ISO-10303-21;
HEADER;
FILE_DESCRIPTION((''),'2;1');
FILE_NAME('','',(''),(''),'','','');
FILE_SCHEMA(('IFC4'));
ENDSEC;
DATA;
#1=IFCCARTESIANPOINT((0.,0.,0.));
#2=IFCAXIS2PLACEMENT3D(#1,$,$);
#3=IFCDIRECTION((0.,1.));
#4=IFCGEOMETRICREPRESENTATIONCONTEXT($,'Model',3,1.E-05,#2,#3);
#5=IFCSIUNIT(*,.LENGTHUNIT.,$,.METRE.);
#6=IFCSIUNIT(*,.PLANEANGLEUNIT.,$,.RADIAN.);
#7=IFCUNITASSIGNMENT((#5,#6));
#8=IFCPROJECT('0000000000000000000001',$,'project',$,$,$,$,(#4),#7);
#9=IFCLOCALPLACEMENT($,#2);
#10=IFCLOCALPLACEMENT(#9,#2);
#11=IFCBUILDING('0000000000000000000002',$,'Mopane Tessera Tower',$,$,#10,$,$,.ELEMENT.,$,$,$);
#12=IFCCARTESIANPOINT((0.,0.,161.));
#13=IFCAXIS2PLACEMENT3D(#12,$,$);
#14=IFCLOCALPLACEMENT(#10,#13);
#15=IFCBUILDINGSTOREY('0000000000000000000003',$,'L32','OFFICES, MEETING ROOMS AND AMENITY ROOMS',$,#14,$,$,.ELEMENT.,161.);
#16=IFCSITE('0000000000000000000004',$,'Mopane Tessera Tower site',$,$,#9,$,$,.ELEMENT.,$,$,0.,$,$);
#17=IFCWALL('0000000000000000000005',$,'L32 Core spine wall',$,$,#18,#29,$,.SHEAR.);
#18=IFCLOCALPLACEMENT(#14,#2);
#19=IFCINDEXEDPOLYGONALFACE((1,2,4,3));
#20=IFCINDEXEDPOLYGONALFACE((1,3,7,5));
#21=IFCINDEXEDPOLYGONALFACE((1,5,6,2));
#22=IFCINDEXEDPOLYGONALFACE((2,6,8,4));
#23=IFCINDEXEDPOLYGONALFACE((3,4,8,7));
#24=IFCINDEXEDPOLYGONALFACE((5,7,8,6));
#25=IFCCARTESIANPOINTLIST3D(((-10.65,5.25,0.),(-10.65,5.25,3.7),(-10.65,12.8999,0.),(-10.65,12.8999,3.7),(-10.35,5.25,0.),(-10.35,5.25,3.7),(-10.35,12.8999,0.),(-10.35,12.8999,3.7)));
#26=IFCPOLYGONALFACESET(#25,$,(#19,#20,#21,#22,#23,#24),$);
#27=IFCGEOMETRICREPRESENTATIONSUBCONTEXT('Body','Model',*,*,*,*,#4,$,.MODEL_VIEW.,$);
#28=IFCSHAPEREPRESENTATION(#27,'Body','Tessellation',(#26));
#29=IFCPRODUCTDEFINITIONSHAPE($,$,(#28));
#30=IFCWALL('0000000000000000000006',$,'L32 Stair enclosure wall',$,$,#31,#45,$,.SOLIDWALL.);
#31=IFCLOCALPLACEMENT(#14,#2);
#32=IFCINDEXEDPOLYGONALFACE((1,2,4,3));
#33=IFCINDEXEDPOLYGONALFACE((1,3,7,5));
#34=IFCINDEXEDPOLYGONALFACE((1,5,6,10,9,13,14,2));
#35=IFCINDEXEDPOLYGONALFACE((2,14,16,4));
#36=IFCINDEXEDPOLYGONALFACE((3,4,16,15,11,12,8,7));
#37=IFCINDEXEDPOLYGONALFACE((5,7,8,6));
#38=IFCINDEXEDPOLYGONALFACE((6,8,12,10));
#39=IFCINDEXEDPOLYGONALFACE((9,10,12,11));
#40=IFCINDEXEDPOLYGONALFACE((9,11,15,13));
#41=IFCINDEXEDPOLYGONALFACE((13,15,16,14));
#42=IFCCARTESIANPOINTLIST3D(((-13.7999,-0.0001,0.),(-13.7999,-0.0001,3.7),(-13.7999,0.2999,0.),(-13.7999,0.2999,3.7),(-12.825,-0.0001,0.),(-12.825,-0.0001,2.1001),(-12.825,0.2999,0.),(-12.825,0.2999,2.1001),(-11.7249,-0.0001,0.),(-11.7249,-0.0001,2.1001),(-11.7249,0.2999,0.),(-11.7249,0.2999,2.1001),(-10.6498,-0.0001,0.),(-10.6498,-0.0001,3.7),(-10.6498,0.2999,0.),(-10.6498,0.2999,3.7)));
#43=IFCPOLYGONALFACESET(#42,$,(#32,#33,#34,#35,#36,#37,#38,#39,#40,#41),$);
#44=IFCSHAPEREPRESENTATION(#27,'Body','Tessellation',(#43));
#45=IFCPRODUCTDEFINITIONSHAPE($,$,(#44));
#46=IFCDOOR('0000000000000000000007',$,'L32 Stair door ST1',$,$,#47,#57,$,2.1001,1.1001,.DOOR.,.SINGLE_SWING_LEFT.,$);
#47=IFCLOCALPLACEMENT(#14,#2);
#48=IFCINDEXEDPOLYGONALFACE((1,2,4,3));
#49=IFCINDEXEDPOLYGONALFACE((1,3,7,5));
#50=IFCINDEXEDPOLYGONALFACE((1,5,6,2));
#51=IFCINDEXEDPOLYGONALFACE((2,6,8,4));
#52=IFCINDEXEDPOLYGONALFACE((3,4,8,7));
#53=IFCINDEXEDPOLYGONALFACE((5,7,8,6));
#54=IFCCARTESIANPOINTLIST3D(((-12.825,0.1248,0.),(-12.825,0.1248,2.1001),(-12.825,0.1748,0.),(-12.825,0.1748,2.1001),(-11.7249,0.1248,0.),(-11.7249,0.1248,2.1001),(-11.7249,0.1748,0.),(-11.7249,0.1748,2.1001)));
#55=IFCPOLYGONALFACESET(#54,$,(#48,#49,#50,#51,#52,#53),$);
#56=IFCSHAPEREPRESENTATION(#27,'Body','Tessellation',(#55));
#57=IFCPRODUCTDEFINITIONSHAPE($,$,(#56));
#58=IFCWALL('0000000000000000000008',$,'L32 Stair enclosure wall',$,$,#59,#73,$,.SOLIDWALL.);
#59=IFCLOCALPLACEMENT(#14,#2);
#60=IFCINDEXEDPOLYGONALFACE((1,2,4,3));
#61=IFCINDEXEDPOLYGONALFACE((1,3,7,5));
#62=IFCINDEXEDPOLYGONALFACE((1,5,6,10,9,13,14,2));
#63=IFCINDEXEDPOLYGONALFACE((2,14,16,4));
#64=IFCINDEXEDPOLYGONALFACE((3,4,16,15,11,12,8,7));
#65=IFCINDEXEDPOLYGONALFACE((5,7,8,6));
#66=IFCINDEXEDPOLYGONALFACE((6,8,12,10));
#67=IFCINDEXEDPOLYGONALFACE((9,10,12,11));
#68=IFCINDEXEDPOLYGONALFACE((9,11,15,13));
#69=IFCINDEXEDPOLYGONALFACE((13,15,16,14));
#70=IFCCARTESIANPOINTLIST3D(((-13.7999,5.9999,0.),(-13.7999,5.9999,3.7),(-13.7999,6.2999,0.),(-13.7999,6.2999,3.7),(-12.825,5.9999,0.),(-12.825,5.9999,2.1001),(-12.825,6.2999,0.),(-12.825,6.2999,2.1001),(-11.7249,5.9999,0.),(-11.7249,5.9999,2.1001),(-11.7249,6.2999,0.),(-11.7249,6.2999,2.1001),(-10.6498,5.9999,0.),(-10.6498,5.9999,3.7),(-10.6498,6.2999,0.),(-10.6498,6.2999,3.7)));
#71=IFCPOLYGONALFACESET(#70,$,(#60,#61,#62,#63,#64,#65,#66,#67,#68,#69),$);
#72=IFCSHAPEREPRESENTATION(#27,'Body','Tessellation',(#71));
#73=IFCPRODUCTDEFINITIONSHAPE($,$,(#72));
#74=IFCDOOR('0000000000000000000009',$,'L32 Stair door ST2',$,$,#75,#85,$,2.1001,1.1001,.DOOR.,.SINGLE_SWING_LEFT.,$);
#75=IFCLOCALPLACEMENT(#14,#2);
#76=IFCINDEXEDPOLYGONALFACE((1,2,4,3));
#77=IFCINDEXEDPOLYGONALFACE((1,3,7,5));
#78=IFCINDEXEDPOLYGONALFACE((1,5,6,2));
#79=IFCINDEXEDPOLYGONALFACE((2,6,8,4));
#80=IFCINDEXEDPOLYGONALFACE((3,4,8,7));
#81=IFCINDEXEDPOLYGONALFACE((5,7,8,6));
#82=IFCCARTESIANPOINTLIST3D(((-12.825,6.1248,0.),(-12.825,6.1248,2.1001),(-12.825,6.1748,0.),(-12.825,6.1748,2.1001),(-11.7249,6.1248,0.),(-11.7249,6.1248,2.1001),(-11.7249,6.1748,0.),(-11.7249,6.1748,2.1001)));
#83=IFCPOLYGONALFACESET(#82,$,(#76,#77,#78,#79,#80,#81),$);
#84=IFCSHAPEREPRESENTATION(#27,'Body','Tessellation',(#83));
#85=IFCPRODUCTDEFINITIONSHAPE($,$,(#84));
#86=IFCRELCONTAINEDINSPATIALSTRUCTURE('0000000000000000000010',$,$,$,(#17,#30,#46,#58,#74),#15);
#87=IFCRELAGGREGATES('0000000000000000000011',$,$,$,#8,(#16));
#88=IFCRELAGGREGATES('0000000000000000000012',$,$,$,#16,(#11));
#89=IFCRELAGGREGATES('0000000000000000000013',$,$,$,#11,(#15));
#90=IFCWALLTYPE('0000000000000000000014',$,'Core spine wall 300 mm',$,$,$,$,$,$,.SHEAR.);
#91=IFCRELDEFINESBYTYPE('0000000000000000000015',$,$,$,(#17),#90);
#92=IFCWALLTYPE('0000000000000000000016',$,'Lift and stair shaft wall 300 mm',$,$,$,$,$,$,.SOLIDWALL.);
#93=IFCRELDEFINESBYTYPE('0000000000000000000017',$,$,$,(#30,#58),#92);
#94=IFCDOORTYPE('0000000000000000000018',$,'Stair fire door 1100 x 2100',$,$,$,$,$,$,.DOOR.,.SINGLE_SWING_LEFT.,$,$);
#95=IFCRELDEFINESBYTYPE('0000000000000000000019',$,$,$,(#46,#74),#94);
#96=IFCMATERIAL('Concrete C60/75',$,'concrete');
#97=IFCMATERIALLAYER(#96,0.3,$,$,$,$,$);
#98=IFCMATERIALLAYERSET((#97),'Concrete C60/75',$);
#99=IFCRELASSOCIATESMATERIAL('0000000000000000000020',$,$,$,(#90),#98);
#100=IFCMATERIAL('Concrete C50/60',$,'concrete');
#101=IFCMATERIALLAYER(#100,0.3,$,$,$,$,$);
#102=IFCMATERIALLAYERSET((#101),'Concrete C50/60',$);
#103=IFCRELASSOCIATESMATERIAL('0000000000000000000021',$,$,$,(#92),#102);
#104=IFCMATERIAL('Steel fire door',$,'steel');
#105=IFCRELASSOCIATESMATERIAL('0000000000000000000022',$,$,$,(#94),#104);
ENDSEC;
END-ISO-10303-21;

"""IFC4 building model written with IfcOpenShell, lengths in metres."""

from ifc_helpers import new_model, si_unit, direction, frame, frame_2d, origin, place, context, subcontext, project, spatial, rectangle, extrude, material, layer, layer_set, type_object, element, fill, save


model = new_model("IFC4")

# Units and contexts
model_context = context("Model", 3, precision=1e-05, world=origin(), true_north=direction((0.0, 1.0)))
body_context = subcontext(model_context, "Body", "Model", "MODEL_VIEW")
ifc_project = project(units=[si_unit("LENGTHUNIT", "METRE"), si_unit("PLANEANGLEUNIT", "RADIAN")], contexts=[model_context])

# Site, building, storey
site_placement = place(None, origin())
site = spatial("IfcSite", under=ifc_project, at=site_placement, Name="Mopane Tessera Tower site", CompositionType="ELEMENT", RefElevation=0.0)
building_placement = place(site_placement, origin())
building = spatial("IfcBuilding", under=site, at=building_placement, Name="Mopane Tessera Tower", CompositionType="ELEMENT")
storey_placement = place(building_placement, frame((0.0, 0.0, 161.0)))
storey = spatial("IfcBuildingStorey", under=building, at=storey_placement, Name="L32", Description="OFFICES, MEETING ROOMS AND AMENITY ROOMS", CompositionType="ELEMENT", Elevation=161.0)

# Wall
ifc_material_1 = material(Name="Concrete C60/75", Category="concrete")
ifc_layer_1 = layer(ifc_material_1, 0.3)
ifc_layer_set_1 = layer_set([ifc_layer_1], Name="Concrete C60/75")
wall_type_1 = type_object("IfcWallType", Name="Core spine wall 300 mm", PredefinedType="SHEAR", material=ifc_layer_set_1)
wall_1_placement = place(storey_placement, frame((-10.5, 5.25, 0.0), z_axis=(0.0, 0.0, 1.0), x_axis=(0.0, 1.0, 0.0)))
element("IfcWall", 1, at=wall_1_placement, inside=storey, type_object=wall_type_1, Name="L32 Core spine wall", PredefinedType="SHEAR", context=body_context, shape_type="SweptSolid", body=[
    extrude(rectangle(XDim=7.6499, YDim=0.3, at=frame_2d((3.825, 0.0))), origin(), (0.0, 0.0, 1.0), 3.7),
])

# Walls, openings, doors
ifc_material_2 = material(Name="Concrete C50/60", Category="concrete")
ifc_layer_2 = layer(ifc_material_2, 0.3)
ifc_layer_set_2 = layer_set([ifc_layer_2], Name="Concrete C50/60")
wall_type_2 = type_object("IfcWallType", Name="Lift and stair shaft wall 300 mm", PredefinedType="SOLIDWALL", material=ifc_layer_set_2)
wall_2_placement = place(storey_placement, frame((-13.8, 0.1499, 0.0), z_axis=(0.0, 0.0, 1.0), x_axis=(1.0, 0.0, 0.0)))
wall_2 = element("IfcWall", 2, at=wall_2_placement, inside=storey, type_object=wall_type_2, Name="L32 Stair enclosure wall", PredefinedType="SOLIDWALL", context=body_context, shape_type="SweptSolid", body=[
    extrude(rectangle(XDim=3.1501, YDim=0.3, at=frame_2d((1.5752, 0.0))), origin(), (0.0, 0.0, 1.0), 3.7),
])
opening_1_placement = place(wall_2_placement, frame((0.9751, 0.0, 0.0)))
opening_1 = element("IfcOpeningElement", 3, at=opening_1_placement, cuts=wall_2, PredefinedType="OPENING", context=body_context, shape_type="SweptSolid", body=[
    extrude(rectangle(XDim=1.1001, YDim=2.1001, at=frame_2d((0.55, 1.05))), frame((0.0, 0.1621, 0.0), z_axis=(0.0, -1.0, 0.0), x_axis=(1.0, 0.0, 0.0)), (0.0, 0.0, 1.0), 0.324),
])
ifc_material_3 = material(Name="Steel fire door", Category="steel")
door_type_1 = type_object("IfcDoorType", Name="Stair fire door 1100 x 2100", OperationType="SINGLE_SWING_LEFT", PredefinedType="DOOR", material=ifc_material_3)
door_1_placement = place(opening_1_placement, origin())
door_1 = element("IfcDoor", 4, at=door_1_placement, inside=storey, type_object=door_type_1, Name="L32 Stair door ST1", OperationType="SINGLE_SWING_LEFT", OverallHeight=2.1001, OverallWidth=1.1001, PredefinedType="DOOR", context=body_context, shape_type="SweptSolid", body=[
    extrude(rectangle(XDim=1.1001, YDim=2.1001, at=frame_2d((0.55, 1.05))), frame((0.0, 0.0249, 0.0), z_axis=(0.0, -1.0, 0.0), x_axis=(1.0, 0.0, 0.0)), (0.0, 0.0, 1.0), 0.05),
])
fill(opening_1, door_1)
wall_3_placement = place(storey_placement, frame((-13.8, 6.1499, 0.0), z_axis=(0.0, 0.0, 1.0), x_axis=(1.0, 0.0, 0.0)))
wall_3 = element("IfcWall", 5, at=wall_3_placement, inside=storey, type_object=wall_type_2, Name="L32 Stair enclosure wall", PredefinedType="SOLIDWALL", context=body_context, shape_type="SweptSolid", body=[
    extrude(rectangle(XDim=3.1501, YDim=0.3, at=frame_2d((1.5752, 0.0))), origin(), (0.0, 0.0, 1.0), 3.7),
])
opening_2_placement = place(wall_3_placement, frame((0.9751, 0.0, 0.0)))
opening_2 = element("IfcOpeningElement", 6, at=opening_2_placement, cuts=wall_3, PredefinedType="OPENING", context=body_context, shape_type="SweptSolid", body=[
    extrude(rectangle(XDim=1.1001, YDim=2.1001, at=frame_2d((0.55, 1.05))), frame((0.0, 0.1621, 0.0), z_axis=(0.0, -1.0, 0.0), x_axis=(1.0, 0.0, 0.0)), (0.0, 0.0, 1.0), 0.324),
])
door_2_placement = place(opening_2_placement, origin())
door_2 = element("IfcDoor", 7, at=door_2_placement, inside=storey, type_object=door_type_1, Name="L32 Stair door ST2", OperationType="SINGLE_SWING_LEFT", OverallHeight=2.1001, OverallWidth=1.1001, PredefinedType="DOOR", context=body_context, shape_type="SweptSolid", body=[
    extrude(rectangle(XDim=1.1001, YDim=2.1001, at=frame_2d((0.55, 1.05))), frame((0.0, 0.0249, 0.0), z_axis=(0.0, -1.0, 0.0), x_axis=(1.0, 0.0, 0.0)), (0.0, 0.0, 1.0), 0.05),
])
fill(opening_2, door_2)

save(model, "model.ifc")
